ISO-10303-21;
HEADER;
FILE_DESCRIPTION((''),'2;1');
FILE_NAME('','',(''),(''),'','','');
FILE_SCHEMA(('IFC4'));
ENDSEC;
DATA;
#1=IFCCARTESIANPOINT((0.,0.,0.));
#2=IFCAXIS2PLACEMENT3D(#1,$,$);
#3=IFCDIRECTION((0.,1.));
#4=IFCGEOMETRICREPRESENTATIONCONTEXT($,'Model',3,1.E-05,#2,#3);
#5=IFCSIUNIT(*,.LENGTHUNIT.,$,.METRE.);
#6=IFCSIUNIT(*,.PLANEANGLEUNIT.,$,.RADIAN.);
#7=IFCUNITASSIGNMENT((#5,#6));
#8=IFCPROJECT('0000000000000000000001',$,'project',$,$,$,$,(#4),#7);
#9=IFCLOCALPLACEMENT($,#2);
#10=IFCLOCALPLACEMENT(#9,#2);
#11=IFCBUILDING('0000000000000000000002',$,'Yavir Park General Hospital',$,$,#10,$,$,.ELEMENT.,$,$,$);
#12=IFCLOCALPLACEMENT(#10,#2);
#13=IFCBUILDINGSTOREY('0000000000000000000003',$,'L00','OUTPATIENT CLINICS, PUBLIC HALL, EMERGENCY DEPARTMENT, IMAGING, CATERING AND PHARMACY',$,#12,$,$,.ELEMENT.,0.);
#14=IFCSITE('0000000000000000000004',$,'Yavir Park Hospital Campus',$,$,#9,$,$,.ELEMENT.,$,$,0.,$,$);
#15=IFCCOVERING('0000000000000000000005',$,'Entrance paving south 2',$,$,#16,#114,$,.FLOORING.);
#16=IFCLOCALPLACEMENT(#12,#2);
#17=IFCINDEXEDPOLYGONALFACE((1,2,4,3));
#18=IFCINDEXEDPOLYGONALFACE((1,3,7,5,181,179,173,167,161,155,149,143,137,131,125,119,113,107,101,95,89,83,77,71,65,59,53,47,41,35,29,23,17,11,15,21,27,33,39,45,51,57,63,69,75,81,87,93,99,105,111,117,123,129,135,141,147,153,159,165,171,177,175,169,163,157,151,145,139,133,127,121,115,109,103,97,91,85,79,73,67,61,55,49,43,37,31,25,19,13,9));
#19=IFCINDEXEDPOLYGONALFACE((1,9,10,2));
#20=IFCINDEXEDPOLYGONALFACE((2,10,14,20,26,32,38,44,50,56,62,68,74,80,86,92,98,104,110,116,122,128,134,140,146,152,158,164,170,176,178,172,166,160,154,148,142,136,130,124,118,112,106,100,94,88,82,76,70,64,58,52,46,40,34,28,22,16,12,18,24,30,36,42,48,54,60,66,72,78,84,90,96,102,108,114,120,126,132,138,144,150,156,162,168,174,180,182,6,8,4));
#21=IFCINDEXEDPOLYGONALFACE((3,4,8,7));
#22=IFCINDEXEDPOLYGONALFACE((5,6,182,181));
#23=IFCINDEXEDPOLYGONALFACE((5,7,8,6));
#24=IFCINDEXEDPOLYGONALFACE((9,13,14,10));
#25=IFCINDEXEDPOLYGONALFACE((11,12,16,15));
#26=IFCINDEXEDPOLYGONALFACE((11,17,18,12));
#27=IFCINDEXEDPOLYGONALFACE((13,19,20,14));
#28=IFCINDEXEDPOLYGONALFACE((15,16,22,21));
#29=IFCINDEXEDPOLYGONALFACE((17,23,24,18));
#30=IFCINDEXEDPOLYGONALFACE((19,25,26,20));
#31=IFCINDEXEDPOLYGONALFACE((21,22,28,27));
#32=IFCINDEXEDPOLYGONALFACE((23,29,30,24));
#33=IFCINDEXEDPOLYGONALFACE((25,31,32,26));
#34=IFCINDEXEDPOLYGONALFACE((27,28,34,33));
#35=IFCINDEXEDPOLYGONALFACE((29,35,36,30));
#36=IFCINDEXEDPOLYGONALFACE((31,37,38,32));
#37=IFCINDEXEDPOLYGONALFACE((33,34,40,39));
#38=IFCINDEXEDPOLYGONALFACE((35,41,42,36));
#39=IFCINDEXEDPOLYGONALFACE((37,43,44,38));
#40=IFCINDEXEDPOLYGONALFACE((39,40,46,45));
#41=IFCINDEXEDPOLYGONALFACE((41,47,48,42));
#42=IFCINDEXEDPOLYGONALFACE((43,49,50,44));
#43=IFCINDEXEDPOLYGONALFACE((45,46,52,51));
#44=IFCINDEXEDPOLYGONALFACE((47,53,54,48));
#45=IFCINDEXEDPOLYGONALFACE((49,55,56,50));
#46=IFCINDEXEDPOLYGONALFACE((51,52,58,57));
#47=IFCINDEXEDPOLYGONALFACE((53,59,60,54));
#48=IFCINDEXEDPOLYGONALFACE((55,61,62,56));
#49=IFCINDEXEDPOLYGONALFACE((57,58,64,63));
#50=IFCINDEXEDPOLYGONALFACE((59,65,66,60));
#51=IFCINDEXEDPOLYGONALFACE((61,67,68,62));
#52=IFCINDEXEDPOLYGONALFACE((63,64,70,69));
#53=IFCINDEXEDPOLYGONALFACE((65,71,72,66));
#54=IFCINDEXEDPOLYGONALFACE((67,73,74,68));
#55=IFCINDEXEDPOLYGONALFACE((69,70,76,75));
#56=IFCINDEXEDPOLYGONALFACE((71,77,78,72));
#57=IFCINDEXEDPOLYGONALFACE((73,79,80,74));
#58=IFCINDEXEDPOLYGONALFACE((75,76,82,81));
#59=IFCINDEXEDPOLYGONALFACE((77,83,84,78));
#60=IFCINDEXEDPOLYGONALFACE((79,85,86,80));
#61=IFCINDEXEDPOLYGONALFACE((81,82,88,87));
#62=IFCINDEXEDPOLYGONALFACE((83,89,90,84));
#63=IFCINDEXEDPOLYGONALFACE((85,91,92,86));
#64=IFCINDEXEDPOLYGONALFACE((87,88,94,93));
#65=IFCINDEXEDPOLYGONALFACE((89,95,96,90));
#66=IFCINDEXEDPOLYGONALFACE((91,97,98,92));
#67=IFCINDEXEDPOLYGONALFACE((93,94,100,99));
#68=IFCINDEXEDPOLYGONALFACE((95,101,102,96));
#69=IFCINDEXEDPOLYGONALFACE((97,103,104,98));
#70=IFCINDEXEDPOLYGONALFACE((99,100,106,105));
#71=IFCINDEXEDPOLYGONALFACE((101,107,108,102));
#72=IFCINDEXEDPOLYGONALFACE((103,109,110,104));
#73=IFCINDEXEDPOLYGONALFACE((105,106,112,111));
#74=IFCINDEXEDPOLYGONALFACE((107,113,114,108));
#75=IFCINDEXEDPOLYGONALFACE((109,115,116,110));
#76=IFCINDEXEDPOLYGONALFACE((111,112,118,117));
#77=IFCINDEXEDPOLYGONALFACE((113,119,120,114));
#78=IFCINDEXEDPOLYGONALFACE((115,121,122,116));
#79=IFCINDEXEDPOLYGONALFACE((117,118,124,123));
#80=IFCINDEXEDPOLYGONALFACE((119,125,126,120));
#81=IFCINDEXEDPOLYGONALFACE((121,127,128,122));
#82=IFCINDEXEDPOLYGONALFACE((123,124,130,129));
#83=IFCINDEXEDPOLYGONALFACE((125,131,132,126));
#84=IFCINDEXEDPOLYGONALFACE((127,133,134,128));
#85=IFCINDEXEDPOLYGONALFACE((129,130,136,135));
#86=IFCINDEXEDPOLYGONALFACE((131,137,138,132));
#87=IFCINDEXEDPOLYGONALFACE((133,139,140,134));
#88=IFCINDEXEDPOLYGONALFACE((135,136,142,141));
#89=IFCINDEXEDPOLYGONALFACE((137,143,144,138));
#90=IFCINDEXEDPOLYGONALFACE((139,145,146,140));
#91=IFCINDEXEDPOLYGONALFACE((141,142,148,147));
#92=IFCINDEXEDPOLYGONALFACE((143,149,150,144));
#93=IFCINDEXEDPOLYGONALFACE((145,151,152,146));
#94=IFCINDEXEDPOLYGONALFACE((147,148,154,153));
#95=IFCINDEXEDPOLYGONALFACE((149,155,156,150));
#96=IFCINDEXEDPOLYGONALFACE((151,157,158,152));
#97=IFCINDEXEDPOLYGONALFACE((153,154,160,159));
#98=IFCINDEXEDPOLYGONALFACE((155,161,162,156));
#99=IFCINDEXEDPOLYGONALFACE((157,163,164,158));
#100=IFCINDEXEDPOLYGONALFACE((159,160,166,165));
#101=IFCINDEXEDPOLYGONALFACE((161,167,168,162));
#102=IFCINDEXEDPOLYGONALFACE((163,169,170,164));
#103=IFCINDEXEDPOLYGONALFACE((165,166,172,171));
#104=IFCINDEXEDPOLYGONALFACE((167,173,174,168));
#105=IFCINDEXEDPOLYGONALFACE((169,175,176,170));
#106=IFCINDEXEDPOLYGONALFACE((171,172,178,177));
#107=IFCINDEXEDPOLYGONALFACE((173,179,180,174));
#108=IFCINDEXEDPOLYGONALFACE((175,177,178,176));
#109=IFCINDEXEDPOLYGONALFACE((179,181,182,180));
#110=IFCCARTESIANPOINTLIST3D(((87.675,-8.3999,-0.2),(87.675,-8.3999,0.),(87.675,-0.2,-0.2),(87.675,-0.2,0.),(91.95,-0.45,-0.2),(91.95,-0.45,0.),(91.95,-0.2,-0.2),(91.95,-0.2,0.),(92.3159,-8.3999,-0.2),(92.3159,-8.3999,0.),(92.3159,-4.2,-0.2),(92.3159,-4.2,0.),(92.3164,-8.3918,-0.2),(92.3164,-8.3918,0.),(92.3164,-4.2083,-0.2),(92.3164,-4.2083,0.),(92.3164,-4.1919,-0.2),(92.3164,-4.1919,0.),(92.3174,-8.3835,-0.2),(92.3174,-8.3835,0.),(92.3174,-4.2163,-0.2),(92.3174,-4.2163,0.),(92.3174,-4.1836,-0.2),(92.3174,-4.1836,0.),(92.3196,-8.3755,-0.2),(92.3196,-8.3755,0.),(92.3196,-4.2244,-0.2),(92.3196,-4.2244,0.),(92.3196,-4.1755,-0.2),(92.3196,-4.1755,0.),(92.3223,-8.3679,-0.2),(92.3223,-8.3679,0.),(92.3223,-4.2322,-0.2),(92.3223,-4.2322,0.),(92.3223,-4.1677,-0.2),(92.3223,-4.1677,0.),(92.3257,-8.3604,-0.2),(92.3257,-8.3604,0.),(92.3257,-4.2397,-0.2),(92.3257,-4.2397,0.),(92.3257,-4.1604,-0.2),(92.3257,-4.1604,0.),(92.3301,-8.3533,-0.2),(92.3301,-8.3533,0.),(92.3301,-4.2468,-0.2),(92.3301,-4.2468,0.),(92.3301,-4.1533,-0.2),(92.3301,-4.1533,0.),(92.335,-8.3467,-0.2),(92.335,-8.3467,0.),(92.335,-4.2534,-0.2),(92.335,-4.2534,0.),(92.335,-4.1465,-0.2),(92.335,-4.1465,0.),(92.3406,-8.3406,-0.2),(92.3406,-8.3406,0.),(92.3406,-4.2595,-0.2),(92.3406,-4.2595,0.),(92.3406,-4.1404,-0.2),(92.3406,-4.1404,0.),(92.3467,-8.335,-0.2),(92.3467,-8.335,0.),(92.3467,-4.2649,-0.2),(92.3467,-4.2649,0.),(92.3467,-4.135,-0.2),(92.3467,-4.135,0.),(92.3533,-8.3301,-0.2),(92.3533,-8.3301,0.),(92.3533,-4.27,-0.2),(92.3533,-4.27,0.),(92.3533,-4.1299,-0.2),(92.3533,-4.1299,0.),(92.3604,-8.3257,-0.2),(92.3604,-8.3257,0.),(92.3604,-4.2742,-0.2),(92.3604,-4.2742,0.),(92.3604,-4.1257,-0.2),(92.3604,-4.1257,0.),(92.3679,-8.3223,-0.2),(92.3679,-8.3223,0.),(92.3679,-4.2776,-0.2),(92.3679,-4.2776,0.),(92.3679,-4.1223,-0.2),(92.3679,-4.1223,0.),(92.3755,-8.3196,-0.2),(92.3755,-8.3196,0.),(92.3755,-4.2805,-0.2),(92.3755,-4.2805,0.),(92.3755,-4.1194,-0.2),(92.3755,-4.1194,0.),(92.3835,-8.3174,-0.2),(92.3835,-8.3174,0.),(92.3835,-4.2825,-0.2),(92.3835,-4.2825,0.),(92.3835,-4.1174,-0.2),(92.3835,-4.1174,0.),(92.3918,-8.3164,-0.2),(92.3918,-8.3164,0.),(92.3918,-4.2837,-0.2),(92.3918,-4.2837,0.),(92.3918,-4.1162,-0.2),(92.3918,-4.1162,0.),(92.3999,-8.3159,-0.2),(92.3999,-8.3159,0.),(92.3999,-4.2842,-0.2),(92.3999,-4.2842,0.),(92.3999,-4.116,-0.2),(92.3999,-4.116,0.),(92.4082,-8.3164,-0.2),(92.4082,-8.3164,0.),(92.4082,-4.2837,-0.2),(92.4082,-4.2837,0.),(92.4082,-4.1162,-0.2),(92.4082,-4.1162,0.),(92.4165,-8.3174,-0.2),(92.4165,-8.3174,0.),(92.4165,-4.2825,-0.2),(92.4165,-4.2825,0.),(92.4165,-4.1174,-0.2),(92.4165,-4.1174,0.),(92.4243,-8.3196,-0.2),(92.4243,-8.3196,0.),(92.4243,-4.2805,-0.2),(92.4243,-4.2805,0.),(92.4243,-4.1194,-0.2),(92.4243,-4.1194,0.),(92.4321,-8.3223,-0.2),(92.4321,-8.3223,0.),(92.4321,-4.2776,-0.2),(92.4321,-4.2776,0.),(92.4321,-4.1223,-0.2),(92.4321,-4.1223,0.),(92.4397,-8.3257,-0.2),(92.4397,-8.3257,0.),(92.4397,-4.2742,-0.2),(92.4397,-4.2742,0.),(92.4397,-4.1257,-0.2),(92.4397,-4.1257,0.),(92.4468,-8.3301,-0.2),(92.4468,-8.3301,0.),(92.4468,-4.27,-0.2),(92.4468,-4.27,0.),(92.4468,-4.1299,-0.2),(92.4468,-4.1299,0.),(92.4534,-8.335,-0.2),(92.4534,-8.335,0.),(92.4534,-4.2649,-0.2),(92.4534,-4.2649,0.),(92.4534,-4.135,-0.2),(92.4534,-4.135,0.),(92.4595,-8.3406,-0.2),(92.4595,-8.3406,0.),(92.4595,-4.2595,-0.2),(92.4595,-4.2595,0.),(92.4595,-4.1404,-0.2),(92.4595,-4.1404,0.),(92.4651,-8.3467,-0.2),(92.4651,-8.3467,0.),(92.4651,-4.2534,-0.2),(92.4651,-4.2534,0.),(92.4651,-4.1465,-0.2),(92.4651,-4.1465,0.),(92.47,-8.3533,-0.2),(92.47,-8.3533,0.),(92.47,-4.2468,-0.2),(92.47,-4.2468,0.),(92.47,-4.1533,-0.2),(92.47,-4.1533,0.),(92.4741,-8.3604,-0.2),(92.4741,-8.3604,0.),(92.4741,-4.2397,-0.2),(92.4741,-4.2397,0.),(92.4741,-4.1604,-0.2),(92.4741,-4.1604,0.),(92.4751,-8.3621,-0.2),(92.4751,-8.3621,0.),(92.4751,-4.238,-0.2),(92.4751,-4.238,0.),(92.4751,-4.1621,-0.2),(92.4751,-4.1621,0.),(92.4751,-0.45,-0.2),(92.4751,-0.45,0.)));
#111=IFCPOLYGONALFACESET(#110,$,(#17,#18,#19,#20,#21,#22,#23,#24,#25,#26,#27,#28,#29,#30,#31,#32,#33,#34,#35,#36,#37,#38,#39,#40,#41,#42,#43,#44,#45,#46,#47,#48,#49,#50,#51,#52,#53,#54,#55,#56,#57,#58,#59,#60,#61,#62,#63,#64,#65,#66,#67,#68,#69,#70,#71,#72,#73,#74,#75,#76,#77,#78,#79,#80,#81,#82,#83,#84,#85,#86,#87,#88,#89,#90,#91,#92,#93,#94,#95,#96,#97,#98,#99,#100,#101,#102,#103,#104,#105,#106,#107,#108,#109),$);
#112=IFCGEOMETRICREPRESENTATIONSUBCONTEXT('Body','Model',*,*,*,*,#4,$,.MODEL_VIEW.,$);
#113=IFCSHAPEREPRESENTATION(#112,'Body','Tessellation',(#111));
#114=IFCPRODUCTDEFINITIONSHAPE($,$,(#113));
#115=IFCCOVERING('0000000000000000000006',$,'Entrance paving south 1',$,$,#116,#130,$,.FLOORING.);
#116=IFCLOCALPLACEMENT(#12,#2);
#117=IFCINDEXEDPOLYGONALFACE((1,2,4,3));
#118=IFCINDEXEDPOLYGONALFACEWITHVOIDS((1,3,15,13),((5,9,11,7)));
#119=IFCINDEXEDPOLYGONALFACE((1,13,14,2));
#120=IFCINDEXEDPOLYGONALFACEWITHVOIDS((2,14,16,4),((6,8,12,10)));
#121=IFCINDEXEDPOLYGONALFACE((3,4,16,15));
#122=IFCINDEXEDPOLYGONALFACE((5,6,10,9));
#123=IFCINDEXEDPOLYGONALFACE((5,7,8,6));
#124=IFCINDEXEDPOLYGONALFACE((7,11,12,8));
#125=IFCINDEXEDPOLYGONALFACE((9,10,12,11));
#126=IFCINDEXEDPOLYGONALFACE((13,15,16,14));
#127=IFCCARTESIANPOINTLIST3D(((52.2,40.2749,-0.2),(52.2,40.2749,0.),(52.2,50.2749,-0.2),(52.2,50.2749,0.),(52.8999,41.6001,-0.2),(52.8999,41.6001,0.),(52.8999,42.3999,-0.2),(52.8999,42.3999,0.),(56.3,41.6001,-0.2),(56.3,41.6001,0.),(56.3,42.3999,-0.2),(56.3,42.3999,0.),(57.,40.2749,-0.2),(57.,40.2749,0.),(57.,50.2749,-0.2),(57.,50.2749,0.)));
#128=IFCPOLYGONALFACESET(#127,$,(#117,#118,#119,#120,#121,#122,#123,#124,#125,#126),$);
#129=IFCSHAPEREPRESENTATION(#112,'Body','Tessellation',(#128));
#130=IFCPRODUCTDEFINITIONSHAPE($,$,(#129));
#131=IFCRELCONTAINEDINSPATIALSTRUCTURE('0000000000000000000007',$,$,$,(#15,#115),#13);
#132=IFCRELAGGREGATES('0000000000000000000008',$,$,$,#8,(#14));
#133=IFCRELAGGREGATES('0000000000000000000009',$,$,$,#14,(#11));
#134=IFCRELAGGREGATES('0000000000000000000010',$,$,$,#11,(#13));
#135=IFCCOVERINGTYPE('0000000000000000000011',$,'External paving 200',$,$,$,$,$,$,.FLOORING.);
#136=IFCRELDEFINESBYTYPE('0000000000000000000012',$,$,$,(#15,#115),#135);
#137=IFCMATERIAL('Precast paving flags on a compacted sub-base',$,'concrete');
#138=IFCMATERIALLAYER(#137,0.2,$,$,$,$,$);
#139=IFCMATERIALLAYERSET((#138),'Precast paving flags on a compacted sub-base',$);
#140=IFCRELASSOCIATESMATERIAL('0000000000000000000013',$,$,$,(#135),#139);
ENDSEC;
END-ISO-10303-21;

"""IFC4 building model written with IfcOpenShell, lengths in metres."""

from ifc_helpers import new_model, si_unit, direction, frame, origin, place, context, subcontext, project, spatial, polyline, outline, extrude, material, layer, layer_set, type_object, element, save


model = new_model("IFC4")

# Units and contexts
model_context = context("Model", 3, precision=1e-05, world=origin(), true_north=direction((0.0, 1.0)))
body_context = subcontext(model_context, "Body", "Model", "MODEL_VIEW")
ifc_project = project(units=[si_unit("LENGTHUNIT", "METRE"), si_unit("PLANEANGLEUNIT", "RADIAN")], contexts=[model_context])

# Site, building, storey
site_placement = place(None, origin())
site = spatial("IfcSite", under=ifc_project, at=site_placement, Name="Yavir Park Hospital Campus", CompositionType="ELEMENT", RefElevation=0.0)
building_placement = place(site_placement, origin())
building = spatial("IfcBuilding", under=site, at=building_placement, Name="Yavir Park General Hospital", CompositionType="ELEMENT")
storey_placement = place(building_placement, origin())
storey = spatial("IfcBuildingStorey", under=building, at=storey_placement, Name="L00", Description="OUTPATIENT CLINICS, PUBLIC HALL, EMERGENCY DEPARTMENT, IMAGING, CATERING AND PHARMACY", CompositionType="ELEMENT", Elevation=0.0)

# Coverings
ifc_material_1 = material(Name="Precast paving flags on a compacted sub-base", Category="concrete")
ifc_layer_1 = layer(ifc_material_1, 0.2)
ifc_layer_set_1 = layer_set([ifc_layer_1], Name="Precast paving flags on a compacted sub-base")
covering_type = type_object("IfcCoveringType", Name="External paving 200", PredefinedType="FLOORING", material=ifc_layer_set_1)
covering_1_placement = place(storey_placement, frame((0.0, 0.0, -0.2)))
element("IfcCovering", 1, at=covering_1_placement, inside=storey, type_object=covering_type, Name="Entrance paving south 2", PredefinedType="FLOORING", context=body_context, shape_type="SweptSolid", body=[
    extrude(outline(polyline([(92.3406, -4.1404), (92.335, -4.1465), (92.3301, -4.1533), (92.3257, -4.1604), (92.3223, -4.1677), (92.3196, -4.1755), (92.3174, -4.1836), (92.3164, -4.1919), (92.3159, -4.2), (92.3164, -4.2083), (92.3174, -4.2163), (92.3196, -4.2244), (92.3223, -4.2322), (92.3257, -4.2397), (92.3301, -4.2468), (92.335, -4.2534), (92.3406, -4.2595), (92.3467, -4.2649), (92.3533, -4.27), (92.3604, -4.2742), (92.3679, -4.2776), (92.3755, -4.2805), (92.3835, -4.2825), (92.3918, -4.2837), (92.3999, -4.2842), (92.4082, -4.2837), (92.4165, -4.2825), (92.4243, -4.2805), (92.4321, -4.2776), (92.4397, -4.2742), (92.4468, -4.27), (92.4534, -4.2649), (92.4595, -4.2595), (92.4651, -4.2534), (92.47, -4.2468), (92.4741, -4.2397), (92.4751, -4.238), (92.4751, -8.3621), (92.4741, -8.3604), (92.47, -8.3533), (92.4651, -8.3467), (92.4595, -8.3406), (92.4534, -8.335), (92.4468, -8.3301), (92.4397, -8.3257), (92.4321, -8.3223), (92.4243, -8.3196), (92.4165, -8.3174), (92.4082, -8.3164), (92.3999, -8.3159), (92.3918, -8.3164), (92.3835, -8.3174), (92.3755, -8.3196), (92.3679, -8.3223), (92.3604, -8.3257), (92.3533, -8.3301), (92.3467, -8.335), (92.3406, -8.3406), (92.335, -8.3467), (92.3301, -8.3533), (92.3257, -8.3604), (92.3223, -8.3679), (92.3196, -8.3755), (92.3174, -8.3835), (92.3164, -8.3918), (92.3159, -8.3999), (87.675, -8.3999), (87.675, -0.2), (91.95, -0.2), (91.95, -0.45), (92.4751, -0.45), (92.4751, -4.1621), (92.4741, -4.1604), (92.47, -4.1533), (92.4651, -4.1465), (92.4595, -4.1404), (92.4534, -4.135), (92.4468, -4.1299), (92.4397, -4.1257), (92.4321, -4.1223), (92.4243, -4.1194), (92.4165, -4.1174), (92.4082, -4.1162), (92.3999, -4.116), (92.3918, -4.1162), (92.3835, -4.1174), (92.3755, -4.1194), (92.3679, -4.1223), (92.3604, -4.1257), (92.3533, -4.1299), (92.3467, -4.135), (92.3406, -4.1404)])), origin(), (0.0, 0.0, 1.0), 0.2),
])
covering_2_placement = place(storey_placement, frame((0.0, 0.0, -0.2)))
element("IfcCovering", 2, at=covering_2_placement, inside=storey, type_object=covering_type, Name="Entrance paving south 1", PredefinedType="FLOORING", context=body_context, shape_type="SweptSolid", body=[
    extrude(outline(polyline([(57.0, 50.2749), (57.0, 40.2749), (52.2, 40.2749), (52.2, 50.2749), (57.0, 50.2749)]), holes=[polyline([(52.8999, 42.3999), (52.8999, 41.6001), (56.3, 41.6001), (56.3, 42.3999), (52.8999, 42.3999)])]), origin(), (0.0, 0.0, 1.0), 0.2),
])

save(model, "model.ifc")
